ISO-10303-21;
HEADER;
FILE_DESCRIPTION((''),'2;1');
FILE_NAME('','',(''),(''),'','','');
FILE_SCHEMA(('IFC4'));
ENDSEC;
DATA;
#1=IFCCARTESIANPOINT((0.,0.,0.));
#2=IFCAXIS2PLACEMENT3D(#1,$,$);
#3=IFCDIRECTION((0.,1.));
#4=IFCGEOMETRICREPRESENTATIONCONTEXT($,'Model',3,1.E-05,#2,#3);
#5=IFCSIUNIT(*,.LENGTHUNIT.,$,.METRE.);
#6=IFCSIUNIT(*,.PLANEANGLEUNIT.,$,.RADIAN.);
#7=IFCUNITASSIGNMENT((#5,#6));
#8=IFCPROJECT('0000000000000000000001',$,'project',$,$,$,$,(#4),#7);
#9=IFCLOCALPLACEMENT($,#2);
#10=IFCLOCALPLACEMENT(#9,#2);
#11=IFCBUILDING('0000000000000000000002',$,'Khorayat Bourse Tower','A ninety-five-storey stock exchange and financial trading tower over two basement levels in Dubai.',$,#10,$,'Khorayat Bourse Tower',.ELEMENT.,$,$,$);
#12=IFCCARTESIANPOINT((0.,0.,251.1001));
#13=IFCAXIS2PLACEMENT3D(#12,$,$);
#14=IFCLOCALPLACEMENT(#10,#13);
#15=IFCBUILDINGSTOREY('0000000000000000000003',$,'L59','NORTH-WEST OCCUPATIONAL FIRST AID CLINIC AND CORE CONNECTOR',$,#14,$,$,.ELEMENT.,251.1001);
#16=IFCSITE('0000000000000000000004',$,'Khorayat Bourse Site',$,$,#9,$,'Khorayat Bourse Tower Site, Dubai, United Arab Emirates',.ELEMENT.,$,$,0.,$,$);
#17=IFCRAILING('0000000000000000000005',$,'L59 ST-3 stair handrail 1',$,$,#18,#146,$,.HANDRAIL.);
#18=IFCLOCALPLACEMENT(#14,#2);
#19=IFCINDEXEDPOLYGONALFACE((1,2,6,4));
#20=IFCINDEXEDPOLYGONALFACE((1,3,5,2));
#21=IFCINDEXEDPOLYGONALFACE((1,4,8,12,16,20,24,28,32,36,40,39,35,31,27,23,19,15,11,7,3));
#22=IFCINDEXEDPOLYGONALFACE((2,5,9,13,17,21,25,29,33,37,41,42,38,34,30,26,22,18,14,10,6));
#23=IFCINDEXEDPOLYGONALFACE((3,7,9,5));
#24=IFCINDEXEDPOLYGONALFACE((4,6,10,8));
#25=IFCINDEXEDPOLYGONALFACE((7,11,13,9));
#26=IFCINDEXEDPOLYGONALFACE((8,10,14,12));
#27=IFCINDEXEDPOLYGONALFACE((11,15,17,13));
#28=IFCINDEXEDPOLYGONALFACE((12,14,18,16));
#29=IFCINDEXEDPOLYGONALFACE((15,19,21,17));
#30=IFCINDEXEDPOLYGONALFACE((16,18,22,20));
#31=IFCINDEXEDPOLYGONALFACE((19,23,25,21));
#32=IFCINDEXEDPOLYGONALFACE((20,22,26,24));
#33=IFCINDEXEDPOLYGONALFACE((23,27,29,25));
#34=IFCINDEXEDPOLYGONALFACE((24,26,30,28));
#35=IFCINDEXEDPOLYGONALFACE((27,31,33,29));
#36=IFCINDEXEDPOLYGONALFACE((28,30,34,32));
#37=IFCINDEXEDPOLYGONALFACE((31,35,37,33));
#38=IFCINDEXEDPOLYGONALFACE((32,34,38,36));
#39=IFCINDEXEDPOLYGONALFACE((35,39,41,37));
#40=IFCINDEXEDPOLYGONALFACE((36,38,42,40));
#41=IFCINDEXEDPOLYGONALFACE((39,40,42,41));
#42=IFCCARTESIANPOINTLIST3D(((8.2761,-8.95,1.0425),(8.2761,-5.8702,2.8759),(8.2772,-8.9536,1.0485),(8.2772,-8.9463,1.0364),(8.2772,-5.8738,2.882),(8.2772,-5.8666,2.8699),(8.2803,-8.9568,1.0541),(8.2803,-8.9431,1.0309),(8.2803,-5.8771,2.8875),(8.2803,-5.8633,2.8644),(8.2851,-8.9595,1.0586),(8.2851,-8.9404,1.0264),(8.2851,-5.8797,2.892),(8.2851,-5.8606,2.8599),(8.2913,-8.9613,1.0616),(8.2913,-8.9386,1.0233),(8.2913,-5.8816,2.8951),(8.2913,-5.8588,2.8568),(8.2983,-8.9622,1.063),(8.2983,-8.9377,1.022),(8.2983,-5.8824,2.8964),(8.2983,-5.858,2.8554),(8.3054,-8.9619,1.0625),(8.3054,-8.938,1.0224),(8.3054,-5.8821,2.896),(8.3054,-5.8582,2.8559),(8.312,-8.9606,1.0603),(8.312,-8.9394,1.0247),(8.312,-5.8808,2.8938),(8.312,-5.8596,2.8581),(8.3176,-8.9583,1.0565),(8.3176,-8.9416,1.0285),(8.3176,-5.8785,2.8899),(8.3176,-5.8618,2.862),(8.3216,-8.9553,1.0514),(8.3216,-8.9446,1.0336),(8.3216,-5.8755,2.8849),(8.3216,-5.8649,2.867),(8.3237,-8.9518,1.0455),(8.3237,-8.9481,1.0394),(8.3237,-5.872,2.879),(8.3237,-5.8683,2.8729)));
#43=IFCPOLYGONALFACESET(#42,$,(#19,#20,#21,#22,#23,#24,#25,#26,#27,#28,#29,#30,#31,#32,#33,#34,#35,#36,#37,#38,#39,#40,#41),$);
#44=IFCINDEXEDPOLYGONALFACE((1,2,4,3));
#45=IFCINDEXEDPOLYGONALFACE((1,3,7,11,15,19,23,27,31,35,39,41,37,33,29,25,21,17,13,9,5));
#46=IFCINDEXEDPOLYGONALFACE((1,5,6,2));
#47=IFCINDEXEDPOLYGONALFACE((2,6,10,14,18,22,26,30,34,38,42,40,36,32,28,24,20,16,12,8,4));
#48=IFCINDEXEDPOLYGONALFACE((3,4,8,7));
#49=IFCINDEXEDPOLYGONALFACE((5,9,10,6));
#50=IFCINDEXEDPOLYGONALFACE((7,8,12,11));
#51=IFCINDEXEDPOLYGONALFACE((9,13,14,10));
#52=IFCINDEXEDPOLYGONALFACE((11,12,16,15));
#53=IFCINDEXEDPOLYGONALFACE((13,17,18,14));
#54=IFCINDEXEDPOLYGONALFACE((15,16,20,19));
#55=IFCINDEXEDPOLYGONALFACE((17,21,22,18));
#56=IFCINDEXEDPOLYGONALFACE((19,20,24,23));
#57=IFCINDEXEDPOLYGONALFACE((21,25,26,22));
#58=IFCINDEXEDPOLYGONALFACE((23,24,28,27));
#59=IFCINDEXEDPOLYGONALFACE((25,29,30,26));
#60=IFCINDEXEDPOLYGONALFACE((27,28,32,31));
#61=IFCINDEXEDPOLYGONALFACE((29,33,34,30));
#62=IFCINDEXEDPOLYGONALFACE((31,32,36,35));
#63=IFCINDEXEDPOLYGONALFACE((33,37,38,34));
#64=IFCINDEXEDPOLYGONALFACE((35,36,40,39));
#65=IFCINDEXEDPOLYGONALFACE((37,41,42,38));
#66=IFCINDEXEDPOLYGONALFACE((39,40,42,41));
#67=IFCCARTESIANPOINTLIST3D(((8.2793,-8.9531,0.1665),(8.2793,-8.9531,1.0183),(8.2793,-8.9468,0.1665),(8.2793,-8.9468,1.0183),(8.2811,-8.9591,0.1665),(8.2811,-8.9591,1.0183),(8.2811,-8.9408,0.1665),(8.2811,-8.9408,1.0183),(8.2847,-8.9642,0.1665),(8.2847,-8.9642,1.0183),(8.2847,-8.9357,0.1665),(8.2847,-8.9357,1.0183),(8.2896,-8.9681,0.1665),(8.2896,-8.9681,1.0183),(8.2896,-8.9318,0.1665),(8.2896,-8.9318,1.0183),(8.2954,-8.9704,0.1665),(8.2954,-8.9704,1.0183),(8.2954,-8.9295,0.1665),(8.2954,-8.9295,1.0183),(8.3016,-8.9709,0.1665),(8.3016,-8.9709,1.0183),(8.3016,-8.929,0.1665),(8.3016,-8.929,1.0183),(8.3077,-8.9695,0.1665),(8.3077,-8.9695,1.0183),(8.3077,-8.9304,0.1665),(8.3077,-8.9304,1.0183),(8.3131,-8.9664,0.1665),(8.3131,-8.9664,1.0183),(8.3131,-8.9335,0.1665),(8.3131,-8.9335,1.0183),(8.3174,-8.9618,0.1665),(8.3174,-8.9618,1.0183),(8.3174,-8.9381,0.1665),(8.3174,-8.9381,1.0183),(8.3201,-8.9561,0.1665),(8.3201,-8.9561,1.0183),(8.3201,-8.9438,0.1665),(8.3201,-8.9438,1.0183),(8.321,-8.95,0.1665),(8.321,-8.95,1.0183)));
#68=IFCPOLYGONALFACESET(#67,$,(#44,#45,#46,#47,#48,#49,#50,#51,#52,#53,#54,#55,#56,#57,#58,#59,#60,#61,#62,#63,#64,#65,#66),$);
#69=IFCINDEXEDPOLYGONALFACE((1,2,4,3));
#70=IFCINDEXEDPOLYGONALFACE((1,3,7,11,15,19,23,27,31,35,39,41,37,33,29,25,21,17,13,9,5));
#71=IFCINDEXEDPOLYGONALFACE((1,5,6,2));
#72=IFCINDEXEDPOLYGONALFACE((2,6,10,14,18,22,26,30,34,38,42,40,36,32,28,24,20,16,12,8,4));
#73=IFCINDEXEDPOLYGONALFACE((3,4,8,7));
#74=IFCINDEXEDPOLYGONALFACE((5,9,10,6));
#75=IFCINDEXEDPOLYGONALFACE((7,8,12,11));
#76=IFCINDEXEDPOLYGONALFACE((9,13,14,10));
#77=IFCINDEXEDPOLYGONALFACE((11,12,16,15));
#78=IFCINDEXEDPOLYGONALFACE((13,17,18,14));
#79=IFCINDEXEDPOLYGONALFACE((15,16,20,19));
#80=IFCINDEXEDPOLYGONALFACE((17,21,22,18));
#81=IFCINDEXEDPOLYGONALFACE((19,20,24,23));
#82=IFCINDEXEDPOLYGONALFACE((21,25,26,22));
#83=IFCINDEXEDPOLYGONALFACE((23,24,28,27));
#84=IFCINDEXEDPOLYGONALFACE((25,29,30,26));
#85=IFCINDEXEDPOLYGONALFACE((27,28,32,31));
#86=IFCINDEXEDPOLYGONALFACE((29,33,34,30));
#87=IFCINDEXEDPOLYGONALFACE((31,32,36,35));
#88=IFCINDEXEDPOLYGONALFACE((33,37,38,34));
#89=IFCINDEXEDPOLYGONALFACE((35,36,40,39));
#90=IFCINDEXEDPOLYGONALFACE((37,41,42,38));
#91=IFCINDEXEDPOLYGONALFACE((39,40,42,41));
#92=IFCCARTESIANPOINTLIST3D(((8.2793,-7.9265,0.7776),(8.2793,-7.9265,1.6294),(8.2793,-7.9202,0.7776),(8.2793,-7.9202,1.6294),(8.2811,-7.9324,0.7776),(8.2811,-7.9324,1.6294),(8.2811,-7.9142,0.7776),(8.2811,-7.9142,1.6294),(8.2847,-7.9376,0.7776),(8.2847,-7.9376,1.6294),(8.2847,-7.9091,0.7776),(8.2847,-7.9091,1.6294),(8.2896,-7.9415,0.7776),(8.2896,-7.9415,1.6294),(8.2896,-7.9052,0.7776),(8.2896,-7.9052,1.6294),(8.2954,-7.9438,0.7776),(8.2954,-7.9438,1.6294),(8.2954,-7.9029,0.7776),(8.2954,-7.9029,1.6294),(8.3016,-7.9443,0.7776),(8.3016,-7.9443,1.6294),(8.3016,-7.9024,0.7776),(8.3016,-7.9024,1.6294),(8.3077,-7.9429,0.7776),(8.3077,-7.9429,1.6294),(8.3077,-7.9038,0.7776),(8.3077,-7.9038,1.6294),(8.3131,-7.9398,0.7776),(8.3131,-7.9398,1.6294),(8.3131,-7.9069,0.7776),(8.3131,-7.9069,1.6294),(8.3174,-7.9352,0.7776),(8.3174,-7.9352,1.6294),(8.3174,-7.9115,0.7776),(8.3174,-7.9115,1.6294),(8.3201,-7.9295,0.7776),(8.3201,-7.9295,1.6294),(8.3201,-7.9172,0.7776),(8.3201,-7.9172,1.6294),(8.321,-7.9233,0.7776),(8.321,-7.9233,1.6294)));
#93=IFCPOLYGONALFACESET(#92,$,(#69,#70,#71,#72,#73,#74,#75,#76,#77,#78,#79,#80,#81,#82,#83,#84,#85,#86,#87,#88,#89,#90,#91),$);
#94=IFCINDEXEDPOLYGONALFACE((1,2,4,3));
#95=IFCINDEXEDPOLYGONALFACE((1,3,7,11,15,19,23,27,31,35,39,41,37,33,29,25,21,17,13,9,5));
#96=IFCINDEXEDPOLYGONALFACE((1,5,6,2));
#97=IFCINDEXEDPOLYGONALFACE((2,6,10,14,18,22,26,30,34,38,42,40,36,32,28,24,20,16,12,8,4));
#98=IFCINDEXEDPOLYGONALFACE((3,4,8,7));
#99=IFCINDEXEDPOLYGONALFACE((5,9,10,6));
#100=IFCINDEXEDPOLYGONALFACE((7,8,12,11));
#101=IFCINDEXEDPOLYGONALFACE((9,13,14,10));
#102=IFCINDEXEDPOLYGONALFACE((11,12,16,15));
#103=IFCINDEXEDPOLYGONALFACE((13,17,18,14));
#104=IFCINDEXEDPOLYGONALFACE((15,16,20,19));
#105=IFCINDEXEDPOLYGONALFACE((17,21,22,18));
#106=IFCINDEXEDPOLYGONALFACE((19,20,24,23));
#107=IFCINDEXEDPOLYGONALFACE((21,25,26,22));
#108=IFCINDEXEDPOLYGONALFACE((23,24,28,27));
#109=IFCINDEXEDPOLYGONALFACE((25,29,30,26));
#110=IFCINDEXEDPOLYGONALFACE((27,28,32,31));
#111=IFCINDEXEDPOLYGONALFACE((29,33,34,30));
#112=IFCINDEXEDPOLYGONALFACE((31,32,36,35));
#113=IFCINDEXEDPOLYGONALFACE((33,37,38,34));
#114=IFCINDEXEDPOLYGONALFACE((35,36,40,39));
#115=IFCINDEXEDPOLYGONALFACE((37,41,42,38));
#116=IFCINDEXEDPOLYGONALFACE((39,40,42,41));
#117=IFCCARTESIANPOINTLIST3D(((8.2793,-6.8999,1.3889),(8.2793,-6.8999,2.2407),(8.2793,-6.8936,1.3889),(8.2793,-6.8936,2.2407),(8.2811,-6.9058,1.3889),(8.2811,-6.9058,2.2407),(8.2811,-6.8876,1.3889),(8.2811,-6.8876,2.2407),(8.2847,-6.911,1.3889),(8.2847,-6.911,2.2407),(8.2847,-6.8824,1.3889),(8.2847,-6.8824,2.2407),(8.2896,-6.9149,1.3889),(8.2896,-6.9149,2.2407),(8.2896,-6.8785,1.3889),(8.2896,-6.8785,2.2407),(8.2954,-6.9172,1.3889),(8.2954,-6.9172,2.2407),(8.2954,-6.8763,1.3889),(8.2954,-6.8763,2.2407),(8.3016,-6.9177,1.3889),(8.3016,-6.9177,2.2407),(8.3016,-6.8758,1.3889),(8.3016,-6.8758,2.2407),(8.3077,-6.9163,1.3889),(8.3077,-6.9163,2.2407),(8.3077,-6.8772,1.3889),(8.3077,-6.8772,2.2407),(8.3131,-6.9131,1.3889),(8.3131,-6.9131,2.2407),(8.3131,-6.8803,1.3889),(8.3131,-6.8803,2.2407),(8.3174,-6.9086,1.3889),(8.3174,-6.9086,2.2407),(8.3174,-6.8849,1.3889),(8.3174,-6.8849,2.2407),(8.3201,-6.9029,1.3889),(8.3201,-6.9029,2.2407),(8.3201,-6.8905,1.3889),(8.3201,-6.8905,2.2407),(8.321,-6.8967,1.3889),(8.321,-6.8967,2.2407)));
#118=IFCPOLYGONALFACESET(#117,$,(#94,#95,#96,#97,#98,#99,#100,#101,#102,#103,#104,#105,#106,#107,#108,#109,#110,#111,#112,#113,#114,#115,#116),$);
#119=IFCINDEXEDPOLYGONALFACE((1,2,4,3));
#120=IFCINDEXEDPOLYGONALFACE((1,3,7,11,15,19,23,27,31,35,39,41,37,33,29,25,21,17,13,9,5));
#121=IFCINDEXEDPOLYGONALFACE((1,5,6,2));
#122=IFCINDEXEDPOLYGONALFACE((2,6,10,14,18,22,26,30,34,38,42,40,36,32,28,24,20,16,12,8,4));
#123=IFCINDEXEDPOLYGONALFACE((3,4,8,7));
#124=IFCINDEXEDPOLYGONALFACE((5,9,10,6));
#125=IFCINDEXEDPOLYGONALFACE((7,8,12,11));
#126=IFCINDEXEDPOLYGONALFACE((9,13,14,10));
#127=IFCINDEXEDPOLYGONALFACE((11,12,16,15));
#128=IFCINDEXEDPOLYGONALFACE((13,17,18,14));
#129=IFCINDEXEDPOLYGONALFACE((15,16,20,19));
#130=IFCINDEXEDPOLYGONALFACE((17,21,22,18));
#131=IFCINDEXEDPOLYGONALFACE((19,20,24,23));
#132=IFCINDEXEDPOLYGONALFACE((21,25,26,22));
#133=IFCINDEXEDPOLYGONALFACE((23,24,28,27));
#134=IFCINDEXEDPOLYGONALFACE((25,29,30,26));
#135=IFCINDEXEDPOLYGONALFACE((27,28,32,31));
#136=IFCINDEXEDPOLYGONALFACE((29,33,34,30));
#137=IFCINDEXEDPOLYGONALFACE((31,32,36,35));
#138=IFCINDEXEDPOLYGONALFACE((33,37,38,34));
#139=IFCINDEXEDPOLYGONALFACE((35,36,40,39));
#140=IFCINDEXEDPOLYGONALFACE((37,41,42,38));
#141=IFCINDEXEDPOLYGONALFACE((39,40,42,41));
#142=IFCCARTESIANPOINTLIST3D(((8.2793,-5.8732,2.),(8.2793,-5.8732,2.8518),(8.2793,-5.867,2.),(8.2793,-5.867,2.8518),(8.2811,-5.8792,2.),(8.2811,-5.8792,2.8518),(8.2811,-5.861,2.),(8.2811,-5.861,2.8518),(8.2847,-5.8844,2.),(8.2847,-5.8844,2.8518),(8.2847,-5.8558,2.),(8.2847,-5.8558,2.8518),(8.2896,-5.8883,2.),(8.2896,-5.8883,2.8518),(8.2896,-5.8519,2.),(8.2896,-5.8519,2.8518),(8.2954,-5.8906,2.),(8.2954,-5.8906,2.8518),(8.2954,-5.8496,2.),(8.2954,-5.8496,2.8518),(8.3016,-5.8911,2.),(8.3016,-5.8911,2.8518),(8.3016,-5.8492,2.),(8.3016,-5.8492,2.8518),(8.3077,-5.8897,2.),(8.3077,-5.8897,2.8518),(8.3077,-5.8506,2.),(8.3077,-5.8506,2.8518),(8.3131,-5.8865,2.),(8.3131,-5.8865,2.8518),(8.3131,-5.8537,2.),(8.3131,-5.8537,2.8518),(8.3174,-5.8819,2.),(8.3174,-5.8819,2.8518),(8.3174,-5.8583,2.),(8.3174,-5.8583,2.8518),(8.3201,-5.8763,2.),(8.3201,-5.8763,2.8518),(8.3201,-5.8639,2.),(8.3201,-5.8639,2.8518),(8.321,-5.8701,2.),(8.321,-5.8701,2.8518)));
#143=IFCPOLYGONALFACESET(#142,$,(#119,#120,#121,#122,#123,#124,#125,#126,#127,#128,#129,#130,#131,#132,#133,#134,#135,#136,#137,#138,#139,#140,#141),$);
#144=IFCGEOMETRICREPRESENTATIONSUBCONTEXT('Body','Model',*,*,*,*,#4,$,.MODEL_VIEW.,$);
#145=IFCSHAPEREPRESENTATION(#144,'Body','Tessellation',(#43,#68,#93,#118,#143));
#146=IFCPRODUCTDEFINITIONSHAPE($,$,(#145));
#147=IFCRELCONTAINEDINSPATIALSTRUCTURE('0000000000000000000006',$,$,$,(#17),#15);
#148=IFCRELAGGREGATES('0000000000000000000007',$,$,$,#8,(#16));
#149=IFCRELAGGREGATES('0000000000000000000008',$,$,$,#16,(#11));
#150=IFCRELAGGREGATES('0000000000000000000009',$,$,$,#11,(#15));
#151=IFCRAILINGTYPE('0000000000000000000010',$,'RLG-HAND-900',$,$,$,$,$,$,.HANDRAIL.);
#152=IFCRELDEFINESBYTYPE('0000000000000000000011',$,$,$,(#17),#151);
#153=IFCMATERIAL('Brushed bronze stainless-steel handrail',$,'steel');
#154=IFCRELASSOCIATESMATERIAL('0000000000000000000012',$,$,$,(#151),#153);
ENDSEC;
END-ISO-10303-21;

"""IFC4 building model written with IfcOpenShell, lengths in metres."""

from ifc_helpers import new_model, si_unit, direction, frame, origin, origin_2d, place, context, subcontext, project, spatial, circle, extrude, source, transform, mapped, material, type_object, element, save


model = new_model("IFC4")

# Units and contexts
model_context = context("Model", 3, precision=1e-05, world=origin(), true_north=direction((0.0, 1.0)))
body_context = subcontext(model_context, "Body", "Model", "MODEL_VIEW")
ifc_project = project(units=[si_unit("LENGTHUNIT", "METRE"), si_unit("PLANEANGLEUNIT", "RADIAN")], contexts=[model_context])

# Site, building, storey
site_placement = place(None, origin())
site = spatial("IfcSite", under=ifc_project, at=site_placement, Name="Khorayat Bourse Site", LongName="Khorayat Bourse Tower Site, Dubai, United Arab Emirates", CompositionType="ELEMENT", RefElevation=0.0)
building_placement = place(site_placement, origin())
building = spatial("IfcBuilding", under=site, at=building_placement, Name="Khorayat Bourse Tower", Description="A ninety-five-storey stock exchange and financial trading tower over two basement levels in Dubai.", LongName="Khorayat Bourse Tower", CompositionType="ELEMENT")
storey_placement = place(building_placement, frame((0.0, 0.0, 251.1001)))
storey = spatial("IfcBuildingStorey", under=building, at=storey_placement, Name="L59", Description="NORTH-WEST OCCUPATIONAL FIRST AID CLINIC AND CORE CONNECTOR", CompositionType="ELEMENT", Elevation=251.1001)

# Railing
ifc_material_1 = material(Name="Brushed bronze stainless-steel handrail", Category="steel")
railing_type_1 = type_object("IfcRailingType", Name="RLG-HAND-900", PredefinedType="HANDRAIL", material=ifc_material_1)
shared_shape_1 = source(origin(), body_context, "Body", "SweptSolid", [
    extrude(circle(Radius=0.0239, at=origin_2d()), frame((0.0, 0.0, 0.876), z_axis=(0.0, 0.859261, 0.511538), x_axis=(-1.0, 0.0, 0.0)), (0.0, 0.0, 1.0), 3.5842),
    extrude(circle(Radius=0.021, at=origin_2d()), origin(), (0.0, 0.0, 1.0), 0.8518),
    extrude(circle(Radius=0.021, at=origin_2d()), frame((0.0, 1.0266, 0.6111)), (0.0, 0.0, 1.0), 0.8518),
    extrude(circle(Radius=0.021, at=origin_2d()), frame((0.0, 2.0532, 1.2224)), (0.0, 0.0, 1.0), 0.8518),
    extrude(circle(Radius=0.021, at=origin_2d()), frame((0.0, 3.0798, 1.8335)), (0.0, 0.0, 1.0), 0.8518),
])
railing_1_placement = place(storey_placement, frame((8.3, -8.95, 0.1665)))
element("IfcRailing", 1, at=railing_1_placement, inside=storey, type_object=railing_type_1, Name="L59 ST-3 stair handrail 1", PredefinedType="HANDRAIL", context=body_context, shape_type="MappedRepresentation", body=[
    mapped(shared_shape_1, transform((0.0, 0.0, 0.0), scale=1.0)),
])

save(model, "model.ifc")
